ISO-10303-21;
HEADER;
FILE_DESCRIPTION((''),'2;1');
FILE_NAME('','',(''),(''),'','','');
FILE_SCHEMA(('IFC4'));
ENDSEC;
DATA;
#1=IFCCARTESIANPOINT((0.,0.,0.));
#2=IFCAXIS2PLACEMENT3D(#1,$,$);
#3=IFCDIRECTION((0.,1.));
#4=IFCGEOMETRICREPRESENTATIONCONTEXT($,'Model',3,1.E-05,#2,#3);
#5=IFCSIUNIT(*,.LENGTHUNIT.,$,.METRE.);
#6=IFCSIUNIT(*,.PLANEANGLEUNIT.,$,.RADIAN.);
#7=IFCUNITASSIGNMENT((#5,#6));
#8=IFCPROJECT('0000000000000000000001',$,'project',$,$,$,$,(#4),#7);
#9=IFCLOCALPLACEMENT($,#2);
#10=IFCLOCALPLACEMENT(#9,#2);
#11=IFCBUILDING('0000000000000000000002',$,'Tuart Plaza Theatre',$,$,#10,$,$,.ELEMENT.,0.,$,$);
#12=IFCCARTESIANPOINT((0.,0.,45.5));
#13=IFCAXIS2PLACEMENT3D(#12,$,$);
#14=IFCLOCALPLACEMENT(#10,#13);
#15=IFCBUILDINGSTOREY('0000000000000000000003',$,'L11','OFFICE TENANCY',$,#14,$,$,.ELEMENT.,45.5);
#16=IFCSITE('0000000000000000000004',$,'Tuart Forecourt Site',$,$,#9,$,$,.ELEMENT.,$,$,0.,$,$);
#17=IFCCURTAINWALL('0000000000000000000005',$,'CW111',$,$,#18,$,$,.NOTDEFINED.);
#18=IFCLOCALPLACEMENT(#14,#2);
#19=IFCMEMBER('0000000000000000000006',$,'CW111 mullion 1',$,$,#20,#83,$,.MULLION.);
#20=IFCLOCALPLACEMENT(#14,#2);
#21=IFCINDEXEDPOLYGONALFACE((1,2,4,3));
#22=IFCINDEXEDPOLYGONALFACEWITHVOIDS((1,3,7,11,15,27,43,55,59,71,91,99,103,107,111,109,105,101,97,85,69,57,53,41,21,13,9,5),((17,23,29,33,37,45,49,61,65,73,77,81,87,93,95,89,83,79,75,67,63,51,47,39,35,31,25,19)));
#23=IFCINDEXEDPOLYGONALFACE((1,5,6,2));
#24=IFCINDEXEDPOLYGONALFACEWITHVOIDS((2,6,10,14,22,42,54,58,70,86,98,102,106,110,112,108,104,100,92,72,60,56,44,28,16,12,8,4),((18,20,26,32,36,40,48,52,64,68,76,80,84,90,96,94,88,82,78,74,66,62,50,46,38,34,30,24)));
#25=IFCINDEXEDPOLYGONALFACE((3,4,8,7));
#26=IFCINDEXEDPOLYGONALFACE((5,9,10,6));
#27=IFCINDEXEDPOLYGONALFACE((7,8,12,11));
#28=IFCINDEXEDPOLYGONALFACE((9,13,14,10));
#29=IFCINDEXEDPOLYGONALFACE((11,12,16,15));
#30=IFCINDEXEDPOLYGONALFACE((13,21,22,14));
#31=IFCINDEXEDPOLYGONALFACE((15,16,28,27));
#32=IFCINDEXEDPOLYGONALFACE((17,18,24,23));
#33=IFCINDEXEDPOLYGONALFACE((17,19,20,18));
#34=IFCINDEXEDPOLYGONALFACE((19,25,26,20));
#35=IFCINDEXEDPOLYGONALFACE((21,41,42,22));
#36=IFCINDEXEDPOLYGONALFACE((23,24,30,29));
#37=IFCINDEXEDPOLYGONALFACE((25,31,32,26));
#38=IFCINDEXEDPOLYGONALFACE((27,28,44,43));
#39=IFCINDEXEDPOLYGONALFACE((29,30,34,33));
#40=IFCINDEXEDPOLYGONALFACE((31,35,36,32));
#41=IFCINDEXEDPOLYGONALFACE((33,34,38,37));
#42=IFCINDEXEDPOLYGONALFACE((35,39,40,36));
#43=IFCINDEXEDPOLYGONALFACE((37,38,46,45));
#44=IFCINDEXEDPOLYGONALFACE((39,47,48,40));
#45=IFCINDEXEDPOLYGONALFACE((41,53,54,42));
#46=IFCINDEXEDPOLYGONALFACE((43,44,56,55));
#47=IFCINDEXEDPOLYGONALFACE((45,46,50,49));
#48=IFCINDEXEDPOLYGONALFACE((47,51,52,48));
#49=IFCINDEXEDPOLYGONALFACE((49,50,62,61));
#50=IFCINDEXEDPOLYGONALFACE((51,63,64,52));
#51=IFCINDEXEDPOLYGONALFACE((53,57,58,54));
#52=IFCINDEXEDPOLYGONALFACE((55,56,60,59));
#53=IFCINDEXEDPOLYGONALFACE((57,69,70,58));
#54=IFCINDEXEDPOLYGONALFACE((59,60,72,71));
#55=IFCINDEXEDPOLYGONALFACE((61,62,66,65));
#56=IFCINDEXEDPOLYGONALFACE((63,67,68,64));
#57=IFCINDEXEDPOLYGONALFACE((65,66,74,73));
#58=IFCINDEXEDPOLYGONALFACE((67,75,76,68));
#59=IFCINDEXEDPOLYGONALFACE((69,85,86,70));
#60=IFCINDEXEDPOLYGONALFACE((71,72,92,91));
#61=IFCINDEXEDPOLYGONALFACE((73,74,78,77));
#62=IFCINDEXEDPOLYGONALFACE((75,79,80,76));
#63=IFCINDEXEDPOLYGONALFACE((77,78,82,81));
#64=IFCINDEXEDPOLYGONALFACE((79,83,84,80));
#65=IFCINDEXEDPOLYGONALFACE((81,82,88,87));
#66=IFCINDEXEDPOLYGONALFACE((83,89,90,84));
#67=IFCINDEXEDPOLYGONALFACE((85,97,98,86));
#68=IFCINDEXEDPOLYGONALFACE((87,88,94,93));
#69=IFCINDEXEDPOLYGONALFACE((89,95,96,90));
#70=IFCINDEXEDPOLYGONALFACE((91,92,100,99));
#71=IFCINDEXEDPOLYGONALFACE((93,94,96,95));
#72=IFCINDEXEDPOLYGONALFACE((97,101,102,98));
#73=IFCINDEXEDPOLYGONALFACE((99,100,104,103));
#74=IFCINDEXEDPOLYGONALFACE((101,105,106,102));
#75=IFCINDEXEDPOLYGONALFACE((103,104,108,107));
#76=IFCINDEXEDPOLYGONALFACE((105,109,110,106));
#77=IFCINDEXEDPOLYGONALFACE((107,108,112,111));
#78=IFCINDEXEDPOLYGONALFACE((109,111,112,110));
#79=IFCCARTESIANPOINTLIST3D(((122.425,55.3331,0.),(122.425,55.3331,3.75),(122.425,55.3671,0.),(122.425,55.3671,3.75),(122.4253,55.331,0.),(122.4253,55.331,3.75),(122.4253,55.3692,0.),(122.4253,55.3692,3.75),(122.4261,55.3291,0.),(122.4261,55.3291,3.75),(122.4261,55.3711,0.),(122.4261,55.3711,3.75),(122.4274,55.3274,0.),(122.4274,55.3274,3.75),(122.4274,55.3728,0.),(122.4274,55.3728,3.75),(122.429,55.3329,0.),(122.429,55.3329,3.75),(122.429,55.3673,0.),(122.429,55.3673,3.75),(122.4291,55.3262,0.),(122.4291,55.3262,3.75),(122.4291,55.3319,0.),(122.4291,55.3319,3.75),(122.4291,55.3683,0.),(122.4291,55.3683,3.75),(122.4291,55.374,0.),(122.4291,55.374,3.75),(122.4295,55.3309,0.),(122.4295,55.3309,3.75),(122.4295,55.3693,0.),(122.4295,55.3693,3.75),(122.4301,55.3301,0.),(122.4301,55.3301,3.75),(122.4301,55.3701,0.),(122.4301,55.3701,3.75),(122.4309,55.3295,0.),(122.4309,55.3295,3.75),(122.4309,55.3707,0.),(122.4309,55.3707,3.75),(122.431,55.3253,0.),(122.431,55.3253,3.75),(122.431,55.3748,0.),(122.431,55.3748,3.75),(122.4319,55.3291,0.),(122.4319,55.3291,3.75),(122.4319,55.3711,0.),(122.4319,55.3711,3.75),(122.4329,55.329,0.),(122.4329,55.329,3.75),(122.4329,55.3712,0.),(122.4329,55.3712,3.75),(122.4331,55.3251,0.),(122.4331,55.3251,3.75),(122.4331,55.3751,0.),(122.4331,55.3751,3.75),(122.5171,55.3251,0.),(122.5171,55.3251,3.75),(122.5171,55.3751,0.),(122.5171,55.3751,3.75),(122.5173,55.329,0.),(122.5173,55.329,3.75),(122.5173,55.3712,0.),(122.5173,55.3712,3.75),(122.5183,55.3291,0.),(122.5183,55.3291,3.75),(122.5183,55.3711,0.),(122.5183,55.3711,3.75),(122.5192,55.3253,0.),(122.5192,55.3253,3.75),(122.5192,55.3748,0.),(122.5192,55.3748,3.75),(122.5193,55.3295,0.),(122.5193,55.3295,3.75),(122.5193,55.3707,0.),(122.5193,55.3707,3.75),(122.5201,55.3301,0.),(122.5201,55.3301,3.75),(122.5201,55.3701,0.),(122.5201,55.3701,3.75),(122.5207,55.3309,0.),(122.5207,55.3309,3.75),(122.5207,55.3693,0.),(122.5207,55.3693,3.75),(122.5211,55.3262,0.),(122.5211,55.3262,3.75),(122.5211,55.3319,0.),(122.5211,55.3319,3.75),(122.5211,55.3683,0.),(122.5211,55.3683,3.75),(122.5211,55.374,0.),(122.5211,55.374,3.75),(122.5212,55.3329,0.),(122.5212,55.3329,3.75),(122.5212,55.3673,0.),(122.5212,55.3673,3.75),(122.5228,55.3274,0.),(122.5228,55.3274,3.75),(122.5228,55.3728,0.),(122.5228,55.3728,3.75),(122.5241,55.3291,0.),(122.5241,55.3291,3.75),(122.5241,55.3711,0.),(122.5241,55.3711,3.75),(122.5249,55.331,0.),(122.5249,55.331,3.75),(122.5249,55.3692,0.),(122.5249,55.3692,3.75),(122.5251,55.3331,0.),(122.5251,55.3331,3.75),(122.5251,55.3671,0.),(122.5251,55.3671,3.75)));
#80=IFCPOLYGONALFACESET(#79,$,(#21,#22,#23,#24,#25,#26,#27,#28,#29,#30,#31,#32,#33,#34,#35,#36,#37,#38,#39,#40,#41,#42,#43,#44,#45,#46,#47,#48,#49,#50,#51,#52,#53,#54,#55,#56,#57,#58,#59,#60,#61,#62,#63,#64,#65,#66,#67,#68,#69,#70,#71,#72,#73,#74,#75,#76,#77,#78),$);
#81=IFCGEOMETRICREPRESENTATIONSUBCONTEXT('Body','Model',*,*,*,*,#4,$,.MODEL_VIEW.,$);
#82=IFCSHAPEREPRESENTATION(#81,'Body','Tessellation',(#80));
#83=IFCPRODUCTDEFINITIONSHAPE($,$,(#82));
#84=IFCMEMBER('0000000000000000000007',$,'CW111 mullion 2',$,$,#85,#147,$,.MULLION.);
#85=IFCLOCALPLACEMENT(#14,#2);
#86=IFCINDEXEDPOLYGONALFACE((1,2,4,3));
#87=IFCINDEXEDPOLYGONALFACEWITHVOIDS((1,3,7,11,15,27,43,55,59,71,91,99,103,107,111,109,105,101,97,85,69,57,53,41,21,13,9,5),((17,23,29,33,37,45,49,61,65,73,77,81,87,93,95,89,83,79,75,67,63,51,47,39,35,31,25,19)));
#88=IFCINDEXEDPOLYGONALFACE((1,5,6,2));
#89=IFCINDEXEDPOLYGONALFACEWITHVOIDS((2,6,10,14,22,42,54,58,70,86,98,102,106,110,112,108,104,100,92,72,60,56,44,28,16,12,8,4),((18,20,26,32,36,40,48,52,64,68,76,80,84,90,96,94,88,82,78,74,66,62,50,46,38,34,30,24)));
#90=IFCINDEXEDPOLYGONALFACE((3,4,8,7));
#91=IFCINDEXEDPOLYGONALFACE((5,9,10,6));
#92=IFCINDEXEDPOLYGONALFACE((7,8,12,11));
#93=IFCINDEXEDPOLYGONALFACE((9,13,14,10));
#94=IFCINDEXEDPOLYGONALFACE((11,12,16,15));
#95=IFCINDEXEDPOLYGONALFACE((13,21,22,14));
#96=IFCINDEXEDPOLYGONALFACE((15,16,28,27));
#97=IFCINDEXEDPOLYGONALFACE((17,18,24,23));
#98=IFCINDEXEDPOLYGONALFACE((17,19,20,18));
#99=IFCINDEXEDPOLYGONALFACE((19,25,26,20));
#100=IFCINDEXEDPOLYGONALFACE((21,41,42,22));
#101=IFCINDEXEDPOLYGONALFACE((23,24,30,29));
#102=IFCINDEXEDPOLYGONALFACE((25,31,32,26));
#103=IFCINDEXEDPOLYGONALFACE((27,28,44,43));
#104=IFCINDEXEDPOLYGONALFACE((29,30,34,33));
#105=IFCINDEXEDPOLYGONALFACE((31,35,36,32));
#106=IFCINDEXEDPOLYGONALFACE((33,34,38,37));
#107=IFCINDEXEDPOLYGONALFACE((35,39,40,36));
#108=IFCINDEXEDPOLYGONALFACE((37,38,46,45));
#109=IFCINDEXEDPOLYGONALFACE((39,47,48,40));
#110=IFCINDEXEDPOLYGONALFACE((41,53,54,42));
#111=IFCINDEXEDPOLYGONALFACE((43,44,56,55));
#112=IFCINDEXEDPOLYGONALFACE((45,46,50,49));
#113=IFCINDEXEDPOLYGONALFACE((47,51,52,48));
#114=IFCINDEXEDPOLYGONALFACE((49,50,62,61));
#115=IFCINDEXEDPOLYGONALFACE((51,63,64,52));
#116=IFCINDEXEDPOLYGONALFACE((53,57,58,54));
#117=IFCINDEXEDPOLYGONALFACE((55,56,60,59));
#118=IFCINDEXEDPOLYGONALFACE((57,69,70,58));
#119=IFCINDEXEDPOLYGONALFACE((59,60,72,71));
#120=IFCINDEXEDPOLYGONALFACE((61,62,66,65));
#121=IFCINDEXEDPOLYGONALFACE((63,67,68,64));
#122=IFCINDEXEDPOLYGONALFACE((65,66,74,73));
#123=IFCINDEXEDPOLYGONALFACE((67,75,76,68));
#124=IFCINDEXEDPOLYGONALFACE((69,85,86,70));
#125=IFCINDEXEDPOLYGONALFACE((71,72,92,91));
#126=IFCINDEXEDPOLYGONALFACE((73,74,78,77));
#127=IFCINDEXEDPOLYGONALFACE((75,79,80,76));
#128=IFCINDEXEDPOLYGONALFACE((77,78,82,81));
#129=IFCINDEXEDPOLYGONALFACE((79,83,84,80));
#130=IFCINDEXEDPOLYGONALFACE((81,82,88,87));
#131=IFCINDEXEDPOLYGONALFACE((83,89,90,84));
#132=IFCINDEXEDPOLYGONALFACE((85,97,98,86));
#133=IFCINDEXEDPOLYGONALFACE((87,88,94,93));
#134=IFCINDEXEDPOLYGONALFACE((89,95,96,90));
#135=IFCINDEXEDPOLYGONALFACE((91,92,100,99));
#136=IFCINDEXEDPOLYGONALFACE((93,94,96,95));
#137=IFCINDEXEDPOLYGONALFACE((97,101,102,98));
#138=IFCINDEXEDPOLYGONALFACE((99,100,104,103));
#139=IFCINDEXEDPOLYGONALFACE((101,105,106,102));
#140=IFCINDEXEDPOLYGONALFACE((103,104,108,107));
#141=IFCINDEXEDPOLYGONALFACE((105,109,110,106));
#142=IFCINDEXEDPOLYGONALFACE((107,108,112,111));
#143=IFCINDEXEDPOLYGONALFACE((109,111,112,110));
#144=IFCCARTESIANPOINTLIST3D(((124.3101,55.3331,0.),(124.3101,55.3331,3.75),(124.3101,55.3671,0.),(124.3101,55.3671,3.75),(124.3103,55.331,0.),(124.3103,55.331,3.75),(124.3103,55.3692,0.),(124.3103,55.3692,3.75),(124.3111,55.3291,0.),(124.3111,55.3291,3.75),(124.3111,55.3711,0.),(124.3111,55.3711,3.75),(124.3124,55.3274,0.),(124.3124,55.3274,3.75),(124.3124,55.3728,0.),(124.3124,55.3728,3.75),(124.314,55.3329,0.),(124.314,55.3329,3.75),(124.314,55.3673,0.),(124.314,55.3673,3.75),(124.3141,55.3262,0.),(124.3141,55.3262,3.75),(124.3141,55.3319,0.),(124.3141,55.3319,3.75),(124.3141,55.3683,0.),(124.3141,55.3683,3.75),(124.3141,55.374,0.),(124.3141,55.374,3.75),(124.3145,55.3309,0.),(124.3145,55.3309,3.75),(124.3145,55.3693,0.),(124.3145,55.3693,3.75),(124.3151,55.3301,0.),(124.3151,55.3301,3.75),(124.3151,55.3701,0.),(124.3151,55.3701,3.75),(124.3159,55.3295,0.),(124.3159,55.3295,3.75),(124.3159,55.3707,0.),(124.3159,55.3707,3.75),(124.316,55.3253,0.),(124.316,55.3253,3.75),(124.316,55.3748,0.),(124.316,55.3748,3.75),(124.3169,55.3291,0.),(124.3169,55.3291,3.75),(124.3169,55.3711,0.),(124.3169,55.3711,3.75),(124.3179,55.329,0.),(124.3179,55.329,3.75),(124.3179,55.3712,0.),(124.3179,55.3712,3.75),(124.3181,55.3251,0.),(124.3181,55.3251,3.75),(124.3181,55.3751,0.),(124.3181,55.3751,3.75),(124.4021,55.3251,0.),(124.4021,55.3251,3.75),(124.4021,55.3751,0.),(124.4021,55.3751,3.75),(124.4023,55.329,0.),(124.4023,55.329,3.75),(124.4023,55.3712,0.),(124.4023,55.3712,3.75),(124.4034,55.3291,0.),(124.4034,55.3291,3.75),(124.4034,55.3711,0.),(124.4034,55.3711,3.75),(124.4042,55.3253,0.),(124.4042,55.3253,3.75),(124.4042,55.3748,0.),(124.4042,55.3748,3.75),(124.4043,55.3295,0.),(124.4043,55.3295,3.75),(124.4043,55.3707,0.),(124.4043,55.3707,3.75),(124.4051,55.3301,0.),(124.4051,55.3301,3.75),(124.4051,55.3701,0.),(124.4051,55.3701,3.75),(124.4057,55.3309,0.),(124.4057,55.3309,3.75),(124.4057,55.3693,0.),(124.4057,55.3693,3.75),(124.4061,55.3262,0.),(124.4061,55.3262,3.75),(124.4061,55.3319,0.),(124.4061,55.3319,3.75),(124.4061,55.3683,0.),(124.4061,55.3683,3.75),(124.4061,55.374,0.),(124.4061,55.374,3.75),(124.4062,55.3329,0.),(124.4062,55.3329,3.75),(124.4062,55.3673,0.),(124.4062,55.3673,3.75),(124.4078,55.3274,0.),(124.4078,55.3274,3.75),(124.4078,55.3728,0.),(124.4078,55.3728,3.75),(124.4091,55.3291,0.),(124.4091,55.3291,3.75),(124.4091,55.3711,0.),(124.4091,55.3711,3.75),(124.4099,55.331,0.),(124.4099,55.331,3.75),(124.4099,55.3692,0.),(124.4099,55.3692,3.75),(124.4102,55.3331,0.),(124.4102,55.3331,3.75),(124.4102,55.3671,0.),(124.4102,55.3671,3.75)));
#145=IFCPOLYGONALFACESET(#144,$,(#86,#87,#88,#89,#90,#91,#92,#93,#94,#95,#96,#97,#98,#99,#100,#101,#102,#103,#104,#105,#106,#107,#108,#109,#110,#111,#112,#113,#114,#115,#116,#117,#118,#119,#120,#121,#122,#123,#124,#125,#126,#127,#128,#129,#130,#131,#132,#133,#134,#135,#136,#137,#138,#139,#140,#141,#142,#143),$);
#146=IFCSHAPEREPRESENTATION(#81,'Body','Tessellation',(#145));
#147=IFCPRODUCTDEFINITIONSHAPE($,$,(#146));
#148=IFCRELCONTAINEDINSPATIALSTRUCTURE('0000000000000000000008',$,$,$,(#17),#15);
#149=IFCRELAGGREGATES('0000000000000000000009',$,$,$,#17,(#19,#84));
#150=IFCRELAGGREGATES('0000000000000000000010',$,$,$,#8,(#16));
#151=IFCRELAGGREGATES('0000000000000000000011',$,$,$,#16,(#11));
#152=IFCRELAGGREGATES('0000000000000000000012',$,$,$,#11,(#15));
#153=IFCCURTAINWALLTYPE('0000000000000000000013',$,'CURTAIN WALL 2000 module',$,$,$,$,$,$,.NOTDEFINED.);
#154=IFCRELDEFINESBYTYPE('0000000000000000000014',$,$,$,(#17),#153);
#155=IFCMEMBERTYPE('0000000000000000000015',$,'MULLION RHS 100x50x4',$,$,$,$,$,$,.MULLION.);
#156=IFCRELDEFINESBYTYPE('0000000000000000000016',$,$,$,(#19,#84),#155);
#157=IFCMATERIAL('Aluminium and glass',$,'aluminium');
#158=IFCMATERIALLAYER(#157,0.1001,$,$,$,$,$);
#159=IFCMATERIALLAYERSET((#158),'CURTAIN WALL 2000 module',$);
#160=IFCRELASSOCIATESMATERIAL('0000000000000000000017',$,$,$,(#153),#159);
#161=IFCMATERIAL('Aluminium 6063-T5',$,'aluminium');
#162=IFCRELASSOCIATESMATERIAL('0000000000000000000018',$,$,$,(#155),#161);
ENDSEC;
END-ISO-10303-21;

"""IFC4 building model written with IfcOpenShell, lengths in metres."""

from ifc_helpers import new_model, si_unit, direction, frame, origin, origin_2d, place, context, subcontext, project, spatial, hollow_rectangle, extrude, material, layer, layer_set, material_profile, profile_set, type_object, element, aggregate, save


model = new_model("IFC4")

# Units and contexts
model_context = context("Model", 3, precision=1e-05, world=origin(), true_north=direction((0.0, 1.0)))
body_context = subcontext(model_context, "Body", "Model", "MODEL_VIEW")
ifc_project = project(units=[si_unit("LENGTHUNIT", "METRE"), si_unit("PLANEANGLEUNIT", "RADIAN")], contexts=[model_context])

# Site, building, storey
site_placement = place(None, origin())
site = spatial("IfcSite", under=ifc_project, at=site_placement, Name="Tuart Forecourt Site", CompositionType="ELEMENT", RefElevation=0.0)
building_placement = place(site_placement, origin())
building = spatial("IfcBuilding", under=site, at=building_placement, Name="Tuart Plaza Theatre", CompositionType="ELEMENT", ElevationOfRefHeight=0.0)
storey_placement = place(building_placement, frame((0.0, 0.0, 45.5)))
storey = spatial("IfcBuildingStorey", under=building, at=storey_placement, Name="L11", Description="OFFICE TENANCY", CompositionType="ELEMENT", Elevation=45.5)

# Curtain wall, members
ifc_material_1 = material(Name="Aluminium and glass", Category="aluminium")
ifc_layer_1 = layer(ifc_material_1, 0.1001)
ifc_layer_set_1 = layer_set([ifc_layer_1], Name="CURTAIN WALL 2000 module")
curtain_wall_type = type_object("IfcCurtainWallType", Name="CURTAIN WALL 2000 module", PredefinedType="NOTDEFINED", material=ifc_layer_set_1)
ifc_material_2 = material(Name="Aluminium 6063-T5", Category="aluminium")
ifc_material_profile_1 = material_profile(ifc_material_2, hollow_rectangle(XDim=0.05, YDim=0.1001, WallThickness=0.0039, InnerFilletRadius=0.0039, OuterFilletRadius=0.0081, at=origin_2d()), Name="RHS 100x50x4")
ifc_profile_set_1 = profile_set([ifc_material_profile_1], Name="Aluminium 6063-T5")
member_type_1 = type_object("IfcMemberType", Name="MULLION RHS 100x50x4", PredefinedType="MULLION", material=ifc_profile_set_1)
curtain_wall_1_placement = place(storey_placement, origin())
curtain_wall_1 = element("IfcCurtainWall", 1, at=curtain_wall_1_placement, inside=storey, type_object=curtain_wall_type, Name="CW111", PredefinedType="NOTDEFINED")
member_1_placement = place(storey_placement, frame((122.4751, 55.3501, 0.0), z_axis=(0.0, 0.0, 1.0), x_axis=(0.0, 1.0, 0.0)))
member_1 = element("IfcMember", 2, at=member_1_placement, type_object=member_type_1, Name="CW111 mullion 1", PredefinedType="MULLION", context=body_context, shape_type="SweptSolid", body=[
    extrude(hollow_rectangle(XDim=0.05, YDim=0.1001, WallThickness=0.0039, InnerFilletRadius=0.0039, OuterFilletRadius=0.0081, at=origin_2d()), origin(), (0.0, 0.0, 1.0), 3.75),
])
member_2_placement = place(storey_placement, frame((124.3601, 55.3501, 0.0), z_axis=(0.0, 0.0, 1.0), x_axis=(0.0, 1.0, 0.0)))
member_2 = element("IfcMember", 3, at=member_2_placement, type_object=member_type_1, Name="CW111 mullion 2", PredefinedType="MULLION", context=body_context, shape_type="SweptSolid", body=[
    extrude(hollow_rectangle(XDim=0.05, YDim=0.1001, WallThickness=0.0039, InnerFilletRadius=0.0039, OuterFilletRadius=0.0081, at=origin_2d()), origin(), (0.0, 0.0, 1.0), 3.75),
])

aggregate(curtain_wall_1, [member_1, member_2])

save(model, "model.ifc")
